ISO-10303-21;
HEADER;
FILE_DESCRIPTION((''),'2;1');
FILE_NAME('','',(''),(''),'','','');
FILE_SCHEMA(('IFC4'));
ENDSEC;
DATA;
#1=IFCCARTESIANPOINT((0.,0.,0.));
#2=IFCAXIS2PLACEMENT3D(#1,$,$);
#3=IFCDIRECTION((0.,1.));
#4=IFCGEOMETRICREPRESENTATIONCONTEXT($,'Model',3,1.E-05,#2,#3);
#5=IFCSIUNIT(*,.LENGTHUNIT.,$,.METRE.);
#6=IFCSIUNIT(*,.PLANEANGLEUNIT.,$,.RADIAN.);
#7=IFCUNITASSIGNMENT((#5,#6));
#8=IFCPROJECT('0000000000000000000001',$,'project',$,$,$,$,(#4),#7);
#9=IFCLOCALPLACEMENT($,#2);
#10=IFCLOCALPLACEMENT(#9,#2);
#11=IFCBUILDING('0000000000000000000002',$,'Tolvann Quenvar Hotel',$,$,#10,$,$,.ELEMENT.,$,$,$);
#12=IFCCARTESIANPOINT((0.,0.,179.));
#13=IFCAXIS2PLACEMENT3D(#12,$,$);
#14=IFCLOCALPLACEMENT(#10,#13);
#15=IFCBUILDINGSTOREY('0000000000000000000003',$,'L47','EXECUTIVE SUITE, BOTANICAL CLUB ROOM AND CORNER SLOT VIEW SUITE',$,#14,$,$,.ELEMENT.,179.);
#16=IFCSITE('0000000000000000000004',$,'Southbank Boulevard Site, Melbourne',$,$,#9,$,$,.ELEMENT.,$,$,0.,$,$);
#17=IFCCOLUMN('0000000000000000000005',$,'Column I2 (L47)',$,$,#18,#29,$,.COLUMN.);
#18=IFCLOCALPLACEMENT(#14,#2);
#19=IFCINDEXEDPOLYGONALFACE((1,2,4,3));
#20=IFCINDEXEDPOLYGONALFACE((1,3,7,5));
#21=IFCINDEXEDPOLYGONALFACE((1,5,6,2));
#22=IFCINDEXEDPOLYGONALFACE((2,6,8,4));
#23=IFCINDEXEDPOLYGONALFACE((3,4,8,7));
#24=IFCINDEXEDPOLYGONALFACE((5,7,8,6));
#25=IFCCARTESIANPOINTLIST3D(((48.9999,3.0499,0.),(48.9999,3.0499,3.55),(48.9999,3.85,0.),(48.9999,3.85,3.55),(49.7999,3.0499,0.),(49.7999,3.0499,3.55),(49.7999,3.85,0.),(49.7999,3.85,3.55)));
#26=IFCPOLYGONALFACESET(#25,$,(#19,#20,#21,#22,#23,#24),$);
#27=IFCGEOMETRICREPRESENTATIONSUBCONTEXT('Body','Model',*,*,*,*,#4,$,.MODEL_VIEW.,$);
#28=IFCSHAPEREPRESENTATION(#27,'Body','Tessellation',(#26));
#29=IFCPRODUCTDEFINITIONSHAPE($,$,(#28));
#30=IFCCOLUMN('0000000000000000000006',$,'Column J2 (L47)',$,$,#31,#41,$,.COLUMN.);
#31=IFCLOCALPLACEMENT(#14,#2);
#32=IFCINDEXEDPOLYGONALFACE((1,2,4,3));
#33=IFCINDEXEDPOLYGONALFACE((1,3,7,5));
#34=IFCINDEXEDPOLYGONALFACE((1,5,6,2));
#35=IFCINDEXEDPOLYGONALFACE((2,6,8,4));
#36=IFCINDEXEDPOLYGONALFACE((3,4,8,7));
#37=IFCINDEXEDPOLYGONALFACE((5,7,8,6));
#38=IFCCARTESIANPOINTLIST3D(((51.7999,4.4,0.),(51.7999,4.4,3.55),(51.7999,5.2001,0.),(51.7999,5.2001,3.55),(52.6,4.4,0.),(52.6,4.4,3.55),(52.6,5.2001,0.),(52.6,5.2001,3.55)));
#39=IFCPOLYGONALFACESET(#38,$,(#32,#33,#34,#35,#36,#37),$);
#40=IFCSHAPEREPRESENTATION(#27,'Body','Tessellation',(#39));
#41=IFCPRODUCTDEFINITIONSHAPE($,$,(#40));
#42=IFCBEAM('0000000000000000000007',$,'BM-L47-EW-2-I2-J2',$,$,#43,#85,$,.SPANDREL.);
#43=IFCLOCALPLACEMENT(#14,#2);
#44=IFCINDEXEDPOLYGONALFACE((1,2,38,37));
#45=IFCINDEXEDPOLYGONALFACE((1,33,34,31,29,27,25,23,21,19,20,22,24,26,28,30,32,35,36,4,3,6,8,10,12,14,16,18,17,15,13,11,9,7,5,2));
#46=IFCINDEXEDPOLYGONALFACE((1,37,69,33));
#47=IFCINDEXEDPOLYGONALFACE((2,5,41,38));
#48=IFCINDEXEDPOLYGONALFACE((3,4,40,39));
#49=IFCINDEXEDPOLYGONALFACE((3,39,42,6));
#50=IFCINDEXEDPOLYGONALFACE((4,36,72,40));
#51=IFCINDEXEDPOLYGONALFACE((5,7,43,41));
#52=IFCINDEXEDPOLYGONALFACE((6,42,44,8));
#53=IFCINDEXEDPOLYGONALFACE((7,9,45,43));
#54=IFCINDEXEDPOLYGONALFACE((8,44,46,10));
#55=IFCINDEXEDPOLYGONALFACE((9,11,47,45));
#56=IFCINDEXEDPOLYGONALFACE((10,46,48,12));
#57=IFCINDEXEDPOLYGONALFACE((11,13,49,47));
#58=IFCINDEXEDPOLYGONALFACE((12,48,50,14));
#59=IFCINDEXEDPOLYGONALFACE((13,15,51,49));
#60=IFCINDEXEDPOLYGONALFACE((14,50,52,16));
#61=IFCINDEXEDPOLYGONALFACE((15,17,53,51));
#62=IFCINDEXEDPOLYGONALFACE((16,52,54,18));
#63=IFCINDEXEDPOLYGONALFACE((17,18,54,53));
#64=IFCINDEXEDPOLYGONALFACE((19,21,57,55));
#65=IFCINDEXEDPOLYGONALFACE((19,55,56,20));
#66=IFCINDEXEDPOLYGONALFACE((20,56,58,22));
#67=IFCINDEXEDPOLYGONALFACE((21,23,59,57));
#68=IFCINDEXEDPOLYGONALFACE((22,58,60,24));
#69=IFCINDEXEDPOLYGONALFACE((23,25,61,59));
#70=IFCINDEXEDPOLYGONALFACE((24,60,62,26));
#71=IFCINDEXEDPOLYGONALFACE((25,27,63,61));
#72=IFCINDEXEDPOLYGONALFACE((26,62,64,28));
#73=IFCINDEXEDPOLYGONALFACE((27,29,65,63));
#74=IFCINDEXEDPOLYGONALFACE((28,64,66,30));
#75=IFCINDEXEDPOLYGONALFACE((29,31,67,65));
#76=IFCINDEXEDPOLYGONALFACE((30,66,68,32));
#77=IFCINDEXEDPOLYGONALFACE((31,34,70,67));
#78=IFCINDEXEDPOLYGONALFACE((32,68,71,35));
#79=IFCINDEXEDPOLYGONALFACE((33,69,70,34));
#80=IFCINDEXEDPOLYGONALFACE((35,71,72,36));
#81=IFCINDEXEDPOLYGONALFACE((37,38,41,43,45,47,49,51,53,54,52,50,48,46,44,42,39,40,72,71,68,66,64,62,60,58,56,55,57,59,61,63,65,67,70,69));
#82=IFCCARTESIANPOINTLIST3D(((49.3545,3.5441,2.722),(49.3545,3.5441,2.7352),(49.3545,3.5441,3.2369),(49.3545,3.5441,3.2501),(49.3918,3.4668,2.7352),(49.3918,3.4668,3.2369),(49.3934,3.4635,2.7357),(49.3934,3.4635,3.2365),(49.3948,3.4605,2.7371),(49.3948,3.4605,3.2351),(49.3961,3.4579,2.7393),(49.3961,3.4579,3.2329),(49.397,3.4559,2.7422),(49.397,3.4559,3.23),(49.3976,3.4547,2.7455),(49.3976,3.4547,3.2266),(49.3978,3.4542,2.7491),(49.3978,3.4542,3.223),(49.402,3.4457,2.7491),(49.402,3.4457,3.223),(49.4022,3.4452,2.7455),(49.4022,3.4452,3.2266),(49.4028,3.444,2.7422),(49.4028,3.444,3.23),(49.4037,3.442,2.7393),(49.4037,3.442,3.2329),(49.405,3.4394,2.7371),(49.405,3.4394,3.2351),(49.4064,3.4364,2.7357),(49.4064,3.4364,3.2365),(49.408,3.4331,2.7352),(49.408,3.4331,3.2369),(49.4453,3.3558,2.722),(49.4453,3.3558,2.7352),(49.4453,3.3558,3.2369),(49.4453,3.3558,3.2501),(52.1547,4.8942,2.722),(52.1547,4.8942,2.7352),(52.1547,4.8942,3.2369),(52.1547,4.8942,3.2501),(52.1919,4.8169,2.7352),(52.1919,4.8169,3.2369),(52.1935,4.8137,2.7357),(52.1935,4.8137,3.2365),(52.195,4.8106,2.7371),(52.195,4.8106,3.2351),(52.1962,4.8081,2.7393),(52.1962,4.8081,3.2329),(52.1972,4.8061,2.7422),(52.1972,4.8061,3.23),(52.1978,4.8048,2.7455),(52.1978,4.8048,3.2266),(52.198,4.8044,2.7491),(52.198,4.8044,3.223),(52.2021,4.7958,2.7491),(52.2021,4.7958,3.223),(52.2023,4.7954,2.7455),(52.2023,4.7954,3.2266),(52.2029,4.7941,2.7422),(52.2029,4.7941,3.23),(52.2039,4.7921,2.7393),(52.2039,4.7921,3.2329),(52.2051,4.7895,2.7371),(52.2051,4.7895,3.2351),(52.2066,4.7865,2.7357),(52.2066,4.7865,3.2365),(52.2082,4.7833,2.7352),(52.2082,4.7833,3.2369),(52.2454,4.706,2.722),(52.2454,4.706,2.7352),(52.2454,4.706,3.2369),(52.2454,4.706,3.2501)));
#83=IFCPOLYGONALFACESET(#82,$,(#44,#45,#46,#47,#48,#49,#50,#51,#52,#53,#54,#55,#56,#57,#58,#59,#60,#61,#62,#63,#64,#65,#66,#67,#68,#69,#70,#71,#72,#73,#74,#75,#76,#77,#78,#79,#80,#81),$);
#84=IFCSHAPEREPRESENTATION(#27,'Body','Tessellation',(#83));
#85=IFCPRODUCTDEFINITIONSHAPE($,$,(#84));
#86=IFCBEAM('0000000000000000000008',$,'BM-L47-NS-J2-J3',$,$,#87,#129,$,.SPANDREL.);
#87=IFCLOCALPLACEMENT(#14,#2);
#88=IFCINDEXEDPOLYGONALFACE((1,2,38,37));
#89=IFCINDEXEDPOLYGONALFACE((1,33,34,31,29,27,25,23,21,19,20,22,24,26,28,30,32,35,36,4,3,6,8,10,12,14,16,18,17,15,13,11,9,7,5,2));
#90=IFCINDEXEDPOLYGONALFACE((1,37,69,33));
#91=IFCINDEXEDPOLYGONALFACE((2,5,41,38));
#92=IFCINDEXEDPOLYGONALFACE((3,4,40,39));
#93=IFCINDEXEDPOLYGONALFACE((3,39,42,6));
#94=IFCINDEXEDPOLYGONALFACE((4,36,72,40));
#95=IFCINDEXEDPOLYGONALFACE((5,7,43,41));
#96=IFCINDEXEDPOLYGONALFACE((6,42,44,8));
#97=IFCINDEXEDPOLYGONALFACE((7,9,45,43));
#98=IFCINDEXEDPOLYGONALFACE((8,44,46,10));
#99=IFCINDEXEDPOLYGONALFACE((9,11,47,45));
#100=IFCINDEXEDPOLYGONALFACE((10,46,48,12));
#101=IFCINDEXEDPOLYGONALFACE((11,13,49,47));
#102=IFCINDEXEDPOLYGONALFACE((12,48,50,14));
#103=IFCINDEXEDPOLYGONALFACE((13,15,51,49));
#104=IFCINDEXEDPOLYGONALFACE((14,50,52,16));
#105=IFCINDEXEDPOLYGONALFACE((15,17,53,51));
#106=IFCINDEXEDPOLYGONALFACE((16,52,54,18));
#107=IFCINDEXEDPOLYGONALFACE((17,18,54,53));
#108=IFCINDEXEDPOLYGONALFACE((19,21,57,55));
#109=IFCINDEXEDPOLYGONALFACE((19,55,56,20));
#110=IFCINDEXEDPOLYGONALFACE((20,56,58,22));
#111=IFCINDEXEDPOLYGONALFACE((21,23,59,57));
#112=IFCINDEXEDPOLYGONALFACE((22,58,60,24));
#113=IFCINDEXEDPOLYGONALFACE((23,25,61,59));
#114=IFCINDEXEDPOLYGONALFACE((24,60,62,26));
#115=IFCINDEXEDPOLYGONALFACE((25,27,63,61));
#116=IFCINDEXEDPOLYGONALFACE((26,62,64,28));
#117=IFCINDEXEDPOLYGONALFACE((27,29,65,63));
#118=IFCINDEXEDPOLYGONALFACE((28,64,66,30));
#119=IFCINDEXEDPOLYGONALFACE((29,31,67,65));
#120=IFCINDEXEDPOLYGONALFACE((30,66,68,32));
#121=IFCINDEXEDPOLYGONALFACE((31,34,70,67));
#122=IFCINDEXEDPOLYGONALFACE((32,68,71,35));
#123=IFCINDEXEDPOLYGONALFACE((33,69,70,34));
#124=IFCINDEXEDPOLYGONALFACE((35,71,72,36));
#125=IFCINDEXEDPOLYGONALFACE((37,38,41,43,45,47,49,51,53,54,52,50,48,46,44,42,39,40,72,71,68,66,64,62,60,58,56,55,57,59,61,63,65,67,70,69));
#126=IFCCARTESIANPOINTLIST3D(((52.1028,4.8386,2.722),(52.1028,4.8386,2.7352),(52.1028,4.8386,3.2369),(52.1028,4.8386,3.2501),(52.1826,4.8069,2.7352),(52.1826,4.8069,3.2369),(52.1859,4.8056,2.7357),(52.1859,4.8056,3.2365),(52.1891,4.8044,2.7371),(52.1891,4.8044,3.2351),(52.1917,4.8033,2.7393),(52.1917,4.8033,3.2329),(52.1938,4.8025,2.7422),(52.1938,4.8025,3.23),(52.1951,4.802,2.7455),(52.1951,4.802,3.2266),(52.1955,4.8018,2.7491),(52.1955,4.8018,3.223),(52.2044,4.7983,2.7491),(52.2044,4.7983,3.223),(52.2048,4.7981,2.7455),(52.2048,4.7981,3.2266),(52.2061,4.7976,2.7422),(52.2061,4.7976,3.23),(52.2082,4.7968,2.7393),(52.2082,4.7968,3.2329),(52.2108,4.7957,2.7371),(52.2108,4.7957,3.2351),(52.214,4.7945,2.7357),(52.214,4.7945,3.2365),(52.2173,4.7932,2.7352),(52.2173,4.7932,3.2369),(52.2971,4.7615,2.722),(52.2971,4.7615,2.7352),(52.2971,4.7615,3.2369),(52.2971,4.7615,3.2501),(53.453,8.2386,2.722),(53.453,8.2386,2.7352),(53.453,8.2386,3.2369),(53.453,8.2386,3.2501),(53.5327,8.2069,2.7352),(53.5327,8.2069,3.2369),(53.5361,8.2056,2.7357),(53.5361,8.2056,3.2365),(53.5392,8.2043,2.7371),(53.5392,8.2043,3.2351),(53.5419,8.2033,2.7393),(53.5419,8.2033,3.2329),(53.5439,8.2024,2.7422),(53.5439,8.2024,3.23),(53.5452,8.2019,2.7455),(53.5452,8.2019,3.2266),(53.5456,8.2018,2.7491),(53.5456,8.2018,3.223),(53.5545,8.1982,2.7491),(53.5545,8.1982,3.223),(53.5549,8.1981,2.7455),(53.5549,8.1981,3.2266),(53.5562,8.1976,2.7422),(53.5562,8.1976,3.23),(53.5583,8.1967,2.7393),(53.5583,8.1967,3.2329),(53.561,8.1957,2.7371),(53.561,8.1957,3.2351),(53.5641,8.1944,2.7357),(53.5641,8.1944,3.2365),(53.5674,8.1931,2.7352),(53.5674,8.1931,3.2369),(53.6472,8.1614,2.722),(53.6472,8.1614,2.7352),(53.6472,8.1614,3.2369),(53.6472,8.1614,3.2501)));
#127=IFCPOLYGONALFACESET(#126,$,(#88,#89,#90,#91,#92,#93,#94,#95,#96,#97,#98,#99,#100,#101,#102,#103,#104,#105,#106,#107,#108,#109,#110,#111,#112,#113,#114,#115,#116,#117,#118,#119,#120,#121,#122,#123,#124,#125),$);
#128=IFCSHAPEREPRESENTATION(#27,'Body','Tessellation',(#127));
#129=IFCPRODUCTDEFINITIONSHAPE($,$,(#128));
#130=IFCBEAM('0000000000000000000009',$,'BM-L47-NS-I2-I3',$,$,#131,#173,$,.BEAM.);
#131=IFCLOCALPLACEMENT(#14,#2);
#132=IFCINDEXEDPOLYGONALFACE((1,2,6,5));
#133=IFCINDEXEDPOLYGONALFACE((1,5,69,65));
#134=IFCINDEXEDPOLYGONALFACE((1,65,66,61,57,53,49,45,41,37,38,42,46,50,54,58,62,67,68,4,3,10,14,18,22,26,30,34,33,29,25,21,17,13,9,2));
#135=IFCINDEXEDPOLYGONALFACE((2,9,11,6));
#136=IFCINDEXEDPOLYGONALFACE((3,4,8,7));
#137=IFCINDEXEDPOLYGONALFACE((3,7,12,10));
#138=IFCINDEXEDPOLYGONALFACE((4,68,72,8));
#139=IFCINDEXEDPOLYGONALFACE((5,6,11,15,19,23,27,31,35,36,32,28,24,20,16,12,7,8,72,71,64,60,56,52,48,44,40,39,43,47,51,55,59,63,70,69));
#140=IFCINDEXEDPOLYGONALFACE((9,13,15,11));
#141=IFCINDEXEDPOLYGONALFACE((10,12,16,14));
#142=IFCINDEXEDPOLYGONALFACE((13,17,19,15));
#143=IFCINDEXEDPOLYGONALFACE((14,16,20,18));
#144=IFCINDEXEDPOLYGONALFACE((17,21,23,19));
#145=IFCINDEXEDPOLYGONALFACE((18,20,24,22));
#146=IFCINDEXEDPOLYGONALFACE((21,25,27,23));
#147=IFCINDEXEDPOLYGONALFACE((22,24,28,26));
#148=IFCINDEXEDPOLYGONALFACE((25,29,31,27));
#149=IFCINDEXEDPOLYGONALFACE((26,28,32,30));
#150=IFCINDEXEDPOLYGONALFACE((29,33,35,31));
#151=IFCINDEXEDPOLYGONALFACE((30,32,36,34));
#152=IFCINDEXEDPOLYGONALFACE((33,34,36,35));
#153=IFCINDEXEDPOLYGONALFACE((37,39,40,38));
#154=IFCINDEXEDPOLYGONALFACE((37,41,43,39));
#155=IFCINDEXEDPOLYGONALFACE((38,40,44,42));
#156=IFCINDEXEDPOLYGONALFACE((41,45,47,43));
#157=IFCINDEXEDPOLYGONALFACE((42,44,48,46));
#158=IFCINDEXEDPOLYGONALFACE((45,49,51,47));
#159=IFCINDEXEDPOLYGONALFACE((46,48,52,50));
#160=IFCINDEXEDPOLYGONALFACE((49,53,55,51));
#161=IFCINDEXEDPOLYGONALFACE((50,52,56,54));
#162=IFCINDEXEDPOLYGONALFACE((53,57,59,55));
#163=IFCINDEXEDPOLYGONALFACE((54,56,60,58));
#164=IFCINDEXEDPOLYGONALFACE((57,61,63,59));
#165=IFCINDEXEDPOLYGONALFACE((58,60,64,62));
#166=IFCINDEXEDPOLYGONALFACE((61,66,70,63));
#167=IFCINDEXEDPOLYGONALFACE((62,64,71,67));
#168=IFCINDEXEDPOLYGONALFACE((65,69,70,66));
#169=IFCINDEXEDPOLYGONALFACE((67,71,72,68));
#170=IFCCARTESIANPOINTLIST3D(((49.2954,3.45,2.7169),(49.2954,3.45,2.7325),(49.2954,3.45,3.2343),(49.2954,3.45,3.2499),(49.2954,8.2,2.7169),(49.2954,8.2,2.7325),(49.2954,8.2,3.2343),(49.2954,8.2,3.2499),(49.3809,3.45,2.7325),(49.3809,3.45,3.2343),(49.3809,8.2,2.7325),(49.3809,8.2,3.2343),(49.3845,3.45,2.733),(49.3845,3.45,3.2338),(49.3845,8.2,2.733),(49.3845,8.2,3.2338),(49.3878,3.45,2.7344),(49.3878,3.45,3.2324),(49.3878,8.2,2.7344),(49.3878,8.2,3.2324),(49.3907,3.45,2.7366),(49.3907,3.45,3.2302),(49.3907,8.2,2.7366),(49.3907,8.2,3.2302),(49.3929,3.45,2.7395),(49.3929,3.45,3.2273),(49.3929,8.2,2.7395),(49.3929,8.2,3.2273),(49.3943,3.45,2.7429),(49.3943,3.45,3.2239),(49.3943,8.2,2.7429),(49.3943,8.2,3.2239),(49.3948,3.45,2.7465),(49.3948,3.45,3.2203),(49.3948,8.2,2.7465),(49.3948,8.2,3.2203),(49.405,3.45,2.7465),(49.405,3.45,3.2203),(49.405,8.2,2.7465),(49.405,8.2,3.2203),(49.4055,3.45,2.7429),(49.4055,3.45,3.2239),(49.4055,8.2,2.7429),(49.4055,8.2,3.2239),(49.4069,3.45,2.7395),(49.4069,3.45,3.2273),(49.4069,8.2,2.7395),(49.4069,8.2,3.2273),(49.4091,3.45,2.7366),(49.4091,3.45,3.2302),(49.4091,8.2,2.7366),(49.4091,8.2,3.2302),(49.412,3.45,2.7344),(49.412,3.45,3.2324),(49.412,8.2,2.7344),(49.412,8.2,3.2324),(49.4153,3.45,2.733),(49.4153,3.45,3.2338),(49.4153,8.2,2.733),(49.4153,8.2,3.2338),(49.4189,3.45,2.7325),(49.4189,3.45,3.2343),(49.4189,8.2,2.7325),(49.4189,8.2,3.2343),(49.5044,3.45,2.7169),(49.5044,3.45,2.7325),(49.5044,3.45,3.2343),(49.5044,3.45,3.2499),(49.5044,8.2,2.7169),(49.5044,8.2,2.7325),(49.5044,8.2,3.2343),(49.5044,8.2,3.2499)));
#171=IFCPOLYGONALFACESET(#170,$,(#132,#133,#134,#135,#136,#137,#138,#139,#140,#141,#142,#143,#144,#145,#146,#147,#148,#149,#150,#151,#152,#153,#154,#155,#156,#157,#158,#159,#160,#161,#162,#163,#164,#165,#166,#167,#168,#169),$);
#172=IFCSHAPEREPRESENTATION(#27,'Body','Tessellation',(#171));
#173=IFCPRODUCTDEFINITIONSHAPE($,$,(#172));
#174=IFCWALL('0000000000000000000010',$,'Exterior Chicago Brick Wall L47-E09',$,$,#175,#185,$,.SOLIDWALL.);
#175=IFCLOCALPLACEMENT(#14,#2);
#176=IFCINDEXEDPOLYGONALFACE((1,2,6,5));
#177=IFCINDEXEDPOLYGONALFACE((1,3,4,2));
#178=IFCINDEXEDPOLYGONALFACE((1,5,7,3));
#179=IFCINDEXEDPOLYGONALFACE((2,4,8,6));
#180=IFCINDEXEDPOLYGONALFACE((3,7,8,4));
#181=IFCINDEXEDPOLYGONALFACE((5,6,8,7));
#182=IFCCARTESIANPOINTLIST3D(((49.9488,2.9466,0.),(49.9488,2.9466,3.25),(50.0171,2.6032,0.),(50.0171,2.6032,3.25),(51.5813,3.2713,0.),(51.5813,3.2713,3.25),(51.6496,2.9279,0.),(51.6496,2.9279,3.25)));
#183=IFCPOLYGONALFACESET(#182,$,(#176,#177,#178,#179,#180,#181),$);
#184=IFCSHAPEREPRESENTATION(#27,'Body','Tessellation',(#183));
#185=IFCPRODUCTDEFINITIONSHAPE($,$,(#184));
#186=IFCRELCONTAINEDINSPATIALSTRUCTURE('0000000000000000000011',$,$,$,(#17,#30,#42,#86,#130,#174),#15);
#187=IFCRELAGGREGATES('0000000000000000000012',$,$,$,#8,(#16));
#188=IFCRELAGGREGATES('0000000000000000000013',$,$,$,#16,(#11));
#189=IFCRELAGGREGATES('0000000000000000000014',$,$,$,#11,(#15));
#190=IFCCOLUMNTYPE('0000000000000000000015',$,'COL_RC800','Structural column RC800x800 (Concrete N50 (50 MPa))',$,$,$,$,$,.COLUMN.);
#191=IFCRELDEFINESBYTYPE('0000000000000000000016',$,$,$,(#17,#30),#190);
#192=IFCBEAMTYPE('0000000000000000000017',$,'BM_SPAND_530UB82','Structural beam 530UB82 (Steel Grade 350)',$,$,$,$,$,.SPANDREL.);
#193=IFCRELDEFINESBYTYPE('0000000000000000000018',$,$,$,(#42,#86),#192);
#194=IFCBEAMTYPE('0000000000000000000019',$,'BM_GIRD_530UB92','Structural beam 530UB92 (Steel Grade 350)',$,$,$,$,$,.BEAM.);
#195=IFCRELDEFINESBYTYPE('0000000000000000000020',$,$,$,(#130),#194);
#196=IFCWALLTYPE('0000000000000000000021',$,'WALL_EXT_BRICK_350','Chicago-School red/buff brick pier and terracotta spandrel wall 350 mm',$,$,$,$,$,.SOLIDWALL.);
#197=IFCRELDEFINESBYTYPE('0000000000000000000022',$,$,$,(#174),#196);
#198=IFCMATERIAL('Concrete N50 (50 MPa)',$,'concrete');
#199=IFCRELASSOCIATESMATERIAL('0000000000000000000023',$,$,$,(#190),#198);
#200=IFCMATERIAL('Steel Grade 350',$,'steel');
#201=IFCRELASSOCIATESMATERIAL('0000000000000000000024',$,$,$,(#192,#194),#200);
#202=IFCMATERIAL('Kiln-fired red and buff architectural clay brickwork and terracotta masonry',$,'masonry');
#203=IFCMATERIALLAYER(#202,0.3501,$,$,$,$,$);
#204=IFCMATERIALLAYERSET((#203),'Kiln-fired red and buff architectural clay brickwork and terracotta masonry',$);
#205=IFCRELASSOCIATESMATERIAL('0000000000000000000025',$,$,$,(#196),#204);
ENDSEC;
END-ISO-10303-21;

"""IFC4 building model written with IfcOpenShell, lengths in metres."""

from ifc_helpers import new_model, si_unit, direction, frame, frame_2d, origin, origin_2d, place, context, subcontext, project, spatial, rectangle, i_section, extrude, source, transform, mapped, material, layer, layer_set, material_profile, profile_set, type_object, type_shapes, element, save


model = new_model("IFC4")

# Units and contexts
model_context = context("Model", 3, precision=1e-05, world=origin(), true_north=direction((0.0, 1.0)))
body_context = subcontext(model_context, "Body", "Model", "MODEL_VIEW")
ifc_project = project(units=[si_unit("LENGTHUNIT", "METRE"), si_unit("PLANEANGLEUNIT", "RADIAN")], contexts=[model_context])

# Site, building, storey
site_placement = place(None, origin())
site = spatial("IfcSite", under=ifc_project, at=site_placement, Name="Southbank Boulevard Site, Melbourne", CompositionType="ELEMENT", RefElevation=0.0)
building_placement = place(site_placement, origin())
building = spatial("IfcBuilding", under=site, at=building_placement, Name="Tolvann Quenvar Hotel", CompositionType="ELEMENT")
storey_placement = place(building_placement, frame((0.0, 0.0, 179.0)))
storey = spatial("IfcBuildingStorey", under=building, at=storey_placement, Name="L47", Description="EXECUTIVE SUITE, BOTANICAL CLUB ROOM AND CORNER SLOT VIEW SUITE", CompositionType="ELEMENT", Elevation=179.0)

# Columns
ifc_material_1 = material(Name="Concrete N50 (50 MPa)", Category="concrete")
ifc_material_profile_1 = material_profile(ifc_material_1, rectangle(XDim=0.8, YDim=0.8, at=origin_2d()), Name="RC800x800")
ifc_profile_set_1 = profile_set([ifc_material_profile_1], Name="Concrete N50 (50 MPa)")
column_type = type_object("IfcColumnType", Name="COL_RC800", Description="Structural column RC800x800 (Concrete N50 (50 MPa))", PredefinedType="COLUMN", material=ifc_profile_set_1)
shared_shape_1 = source(origin(), body_context, "Body", "SweptSolid", [
    extrude(rectangle(XDim=0.8, YDim=0.8, at=origin_2d()), origin(), (0.0, 0.0, 1.0), 3.55),
])
type_shapes(column_type, [shared_shape_1])
for number, where, z_axis, x_axis, name in (
    (1, (49.3999, 3.45, 0.0), (0.0, 0.0, 1.0), (1.0, 0.0, 0.0), "Column I2 (L47)"),
    (2, (52.2, 4.8, 0.0), (0.0, 0.0, 1.0), (1.0, 0.0, 0.0), "Column J2 (L47)"),
):
    element("IfcColumn", number, at=place(storey_placement, frame(where, z_axis=z_axis, x_axis=x_axis)), inside=storey, type_object=column_type, Name=name, PredefinedType="COLUMN", context=body_context, shape_type="MappedRepresentation", body=[
        mapped(shared_shape_1, transform((0.0, 0.0, 0.0), x_axis=(1.0, 0.0, 0.0), y_axis=(0.0, 1.0, 0.0), z_axis=(0.0, 0.0, 1.0), scale=1.0)),
    ])

# Beams
ifc_material_2 = material(Name="Steel Grade 350", Category="steel")
ifc_material_profile_2 = material_profile(ifc_material_2, i_section(OverallWidth=0.209, OverallDepth=0.5281, WebThickness=0.0095, FlangeThickness=0.0132, FilletRadius=0.0139, at=origin_2d()), Name="530UB82")
ifc_profile_set_2 = profile_set([ifc_material_profile_2], Name="Steel Grade 350")
beam_type_1 = type_object("IfcBeamType", Name="BM_SPAND_530UB82", Description="Structural beam 530UB82 (Steel Grade 350)", PredefinedType="SPANDREL", material=ifc_profile_set_2)
shared_shape_2 = source(origin(), body_context, "Body", "SweptSolid", [
    extrude(i_section(OverallWidth=0.209, OverallDepth=0.5281, WebThickness=0.0095, FlangeThickness=0.0132, FilletRadius=0.0139, at=origin_2d()), origin(), (0.0, 0.0, 1.0), 3.1086),
])
beam_1_placement = place(storey_placement, frame((49.3999, 3.45, 2.9861), z_axis=(0.900759, 0.434319, 0.0), x_axis=(-0.434319, 0.900759, 0.0)))
element("IfcBeam", 3, at=beam_1_placement, inside=storey, type_object=beam_type_1, Name="BM-L47-EW-2-I2-J2", PredefinedType="SPANDREL", context=body_context, shape_type="MappedRepresentation", body=[
    mapped(shared_shape_2, transform((0.0, 0.0, 0.0), x_axis=(1.0, 0.0, 0.0), y_axis=(0.0, 1.0, 0.0), z_axis=(0.0, 0.0, 1.0), scale=1.0)),
])
shared_shape_3 = source(origin(), body_context, "Body", "SweptSolid", [
    extrude(i_section(OverallWidth=0.209, OverallDepth=0.5281, WebThickness=0.0095, FlangeThickness=0.0132, FilletRadius=0.0139, at=origin_2d()), origin(), (0.0, 0.0, 1.0), 3.6582),
])
type_shapes(beam_type_1, [shared_shape_2, shared_shape_3])
beam_2_placement = place(storey_placement, frame((52.2, 4.8, 2.9861), z_axis=(0.369065, 0.929404, 0.0), x_axis=(-0.929404, 0.369065, 0.0)))
element("IfcBeam", 4, at=beam_2_placement, inside=storey, type_object=beam_type_1, Name="BM-L47-NS-J2-J3", PredefinedType="SPANDREL", context=body_context, shape_type="MappedRepresentation", body=[
    mapped(shared_shape_3, transform((0.0, 0.0, 0.0), x_axis=(1.0, 0.0, 0.0), y_axis=(0.0, 1.0, 0.0), z_axis=(0.0, 0.0, 1.0), scale=1.0)),
])
ifc_material_profile_3 = material_profile(ifc_material_2, i_section(OverallWidth=0.209, OverallDepth=0.533, WebThickness=0.0103, FlangeThickness=0.0156, FilletRadius=0.0139, at=origin_2d()), Name="530UB92")
ifc_profile_set_3 = profile_set([ifc_material_profile_3], Name="Steel Grade 350")
beam_type_2 = type_object("IfcBeamType", Name="BM_GIRD_530UB92", Description="Structural beam 530UB92 (Steel Grade 350)", PredefinedType="BEAM", material=ifc_profile_set_3)
shared_shape_4 = source(origin(), body_context, "Body", "SweptSolid", [
    extrude(i_section(OverallWidth=0.209, OverallDepth=0.533, WebThickness=0.0103, FlangeThickness=0.0156, FilletRadius=0.0139, at=origin_2d()), origin(), (0.0, 0.0, 1.0), 4.75),
])
type_shapes(beam_type_2, [shared_shape_4])
beam_3_placement = place(storey_placement, frame((49.3999, 3.45, 2.9834), z_axis=(0.0, 1.0, 0.0), x_axis=(-1.0, 0.0, 0.0)))
element("IfcBeam", 5, at=beam_3_placement, inside=storey, type_object=beam_type_2, Name="BM-L47-NS-I2-I3", PredefinedType="BEAM", context=body_context, shape_type="MappedRepresentation", body=[
    mapped(shared_shape_4, transform((0.0, 0.0, 0.0), x_axis=(1.0, 0.0, 0.0), y_axis=(0.0, 1.0, 0.0), z_axis=(0.0, 0.0, 1.0), scale=1.0)),
])

# Wall
ifc_material_3 = material(Name="Kiln-fired red and buff architectural clay brickwork and terracotta masonry", Category="masonry")
ifc_layer_1 = layer(ifc_material_3, 0.3501)
ifc_layer_set_1 = layer_set([ifc_layer_1], Name="Kiln-fired red and buff architectural clay brickwork and terracotta masonry")
wall_type_1 = type_object("IfcWallType", Name="WALL_EXT_BRICK_350", Description="Chicago-School red/buff brick pier and terracotta spandrel wall 350 mm", PredefinedType="SOLIDWALL", material=ifc_layer_set_1)
wall_1_placement = place(storey_placement, frame((49.9829, 2.7749, 0.0), z_axis=(0.0, 0.0, 1.0), x_axis=(0.980789, 0.195072, 0.0)))
element("IfcWall", 6, at=wall_1_placement, inside=storey, type_object=wall_type_1, Name="Exterior Chicago Brick Wall L47-E09", PredefinedType="SOLIDWALL", context=body_context, shape_type="SweptSolid", body=[
    extrude(rectangle(XDim=1.6646, YDim=0.3501, at=frame_2d((0.8323, 0.0))), origin(), (0.0, 0.0, 1.0), 3.25),
])

save(model, "model.ifc")
